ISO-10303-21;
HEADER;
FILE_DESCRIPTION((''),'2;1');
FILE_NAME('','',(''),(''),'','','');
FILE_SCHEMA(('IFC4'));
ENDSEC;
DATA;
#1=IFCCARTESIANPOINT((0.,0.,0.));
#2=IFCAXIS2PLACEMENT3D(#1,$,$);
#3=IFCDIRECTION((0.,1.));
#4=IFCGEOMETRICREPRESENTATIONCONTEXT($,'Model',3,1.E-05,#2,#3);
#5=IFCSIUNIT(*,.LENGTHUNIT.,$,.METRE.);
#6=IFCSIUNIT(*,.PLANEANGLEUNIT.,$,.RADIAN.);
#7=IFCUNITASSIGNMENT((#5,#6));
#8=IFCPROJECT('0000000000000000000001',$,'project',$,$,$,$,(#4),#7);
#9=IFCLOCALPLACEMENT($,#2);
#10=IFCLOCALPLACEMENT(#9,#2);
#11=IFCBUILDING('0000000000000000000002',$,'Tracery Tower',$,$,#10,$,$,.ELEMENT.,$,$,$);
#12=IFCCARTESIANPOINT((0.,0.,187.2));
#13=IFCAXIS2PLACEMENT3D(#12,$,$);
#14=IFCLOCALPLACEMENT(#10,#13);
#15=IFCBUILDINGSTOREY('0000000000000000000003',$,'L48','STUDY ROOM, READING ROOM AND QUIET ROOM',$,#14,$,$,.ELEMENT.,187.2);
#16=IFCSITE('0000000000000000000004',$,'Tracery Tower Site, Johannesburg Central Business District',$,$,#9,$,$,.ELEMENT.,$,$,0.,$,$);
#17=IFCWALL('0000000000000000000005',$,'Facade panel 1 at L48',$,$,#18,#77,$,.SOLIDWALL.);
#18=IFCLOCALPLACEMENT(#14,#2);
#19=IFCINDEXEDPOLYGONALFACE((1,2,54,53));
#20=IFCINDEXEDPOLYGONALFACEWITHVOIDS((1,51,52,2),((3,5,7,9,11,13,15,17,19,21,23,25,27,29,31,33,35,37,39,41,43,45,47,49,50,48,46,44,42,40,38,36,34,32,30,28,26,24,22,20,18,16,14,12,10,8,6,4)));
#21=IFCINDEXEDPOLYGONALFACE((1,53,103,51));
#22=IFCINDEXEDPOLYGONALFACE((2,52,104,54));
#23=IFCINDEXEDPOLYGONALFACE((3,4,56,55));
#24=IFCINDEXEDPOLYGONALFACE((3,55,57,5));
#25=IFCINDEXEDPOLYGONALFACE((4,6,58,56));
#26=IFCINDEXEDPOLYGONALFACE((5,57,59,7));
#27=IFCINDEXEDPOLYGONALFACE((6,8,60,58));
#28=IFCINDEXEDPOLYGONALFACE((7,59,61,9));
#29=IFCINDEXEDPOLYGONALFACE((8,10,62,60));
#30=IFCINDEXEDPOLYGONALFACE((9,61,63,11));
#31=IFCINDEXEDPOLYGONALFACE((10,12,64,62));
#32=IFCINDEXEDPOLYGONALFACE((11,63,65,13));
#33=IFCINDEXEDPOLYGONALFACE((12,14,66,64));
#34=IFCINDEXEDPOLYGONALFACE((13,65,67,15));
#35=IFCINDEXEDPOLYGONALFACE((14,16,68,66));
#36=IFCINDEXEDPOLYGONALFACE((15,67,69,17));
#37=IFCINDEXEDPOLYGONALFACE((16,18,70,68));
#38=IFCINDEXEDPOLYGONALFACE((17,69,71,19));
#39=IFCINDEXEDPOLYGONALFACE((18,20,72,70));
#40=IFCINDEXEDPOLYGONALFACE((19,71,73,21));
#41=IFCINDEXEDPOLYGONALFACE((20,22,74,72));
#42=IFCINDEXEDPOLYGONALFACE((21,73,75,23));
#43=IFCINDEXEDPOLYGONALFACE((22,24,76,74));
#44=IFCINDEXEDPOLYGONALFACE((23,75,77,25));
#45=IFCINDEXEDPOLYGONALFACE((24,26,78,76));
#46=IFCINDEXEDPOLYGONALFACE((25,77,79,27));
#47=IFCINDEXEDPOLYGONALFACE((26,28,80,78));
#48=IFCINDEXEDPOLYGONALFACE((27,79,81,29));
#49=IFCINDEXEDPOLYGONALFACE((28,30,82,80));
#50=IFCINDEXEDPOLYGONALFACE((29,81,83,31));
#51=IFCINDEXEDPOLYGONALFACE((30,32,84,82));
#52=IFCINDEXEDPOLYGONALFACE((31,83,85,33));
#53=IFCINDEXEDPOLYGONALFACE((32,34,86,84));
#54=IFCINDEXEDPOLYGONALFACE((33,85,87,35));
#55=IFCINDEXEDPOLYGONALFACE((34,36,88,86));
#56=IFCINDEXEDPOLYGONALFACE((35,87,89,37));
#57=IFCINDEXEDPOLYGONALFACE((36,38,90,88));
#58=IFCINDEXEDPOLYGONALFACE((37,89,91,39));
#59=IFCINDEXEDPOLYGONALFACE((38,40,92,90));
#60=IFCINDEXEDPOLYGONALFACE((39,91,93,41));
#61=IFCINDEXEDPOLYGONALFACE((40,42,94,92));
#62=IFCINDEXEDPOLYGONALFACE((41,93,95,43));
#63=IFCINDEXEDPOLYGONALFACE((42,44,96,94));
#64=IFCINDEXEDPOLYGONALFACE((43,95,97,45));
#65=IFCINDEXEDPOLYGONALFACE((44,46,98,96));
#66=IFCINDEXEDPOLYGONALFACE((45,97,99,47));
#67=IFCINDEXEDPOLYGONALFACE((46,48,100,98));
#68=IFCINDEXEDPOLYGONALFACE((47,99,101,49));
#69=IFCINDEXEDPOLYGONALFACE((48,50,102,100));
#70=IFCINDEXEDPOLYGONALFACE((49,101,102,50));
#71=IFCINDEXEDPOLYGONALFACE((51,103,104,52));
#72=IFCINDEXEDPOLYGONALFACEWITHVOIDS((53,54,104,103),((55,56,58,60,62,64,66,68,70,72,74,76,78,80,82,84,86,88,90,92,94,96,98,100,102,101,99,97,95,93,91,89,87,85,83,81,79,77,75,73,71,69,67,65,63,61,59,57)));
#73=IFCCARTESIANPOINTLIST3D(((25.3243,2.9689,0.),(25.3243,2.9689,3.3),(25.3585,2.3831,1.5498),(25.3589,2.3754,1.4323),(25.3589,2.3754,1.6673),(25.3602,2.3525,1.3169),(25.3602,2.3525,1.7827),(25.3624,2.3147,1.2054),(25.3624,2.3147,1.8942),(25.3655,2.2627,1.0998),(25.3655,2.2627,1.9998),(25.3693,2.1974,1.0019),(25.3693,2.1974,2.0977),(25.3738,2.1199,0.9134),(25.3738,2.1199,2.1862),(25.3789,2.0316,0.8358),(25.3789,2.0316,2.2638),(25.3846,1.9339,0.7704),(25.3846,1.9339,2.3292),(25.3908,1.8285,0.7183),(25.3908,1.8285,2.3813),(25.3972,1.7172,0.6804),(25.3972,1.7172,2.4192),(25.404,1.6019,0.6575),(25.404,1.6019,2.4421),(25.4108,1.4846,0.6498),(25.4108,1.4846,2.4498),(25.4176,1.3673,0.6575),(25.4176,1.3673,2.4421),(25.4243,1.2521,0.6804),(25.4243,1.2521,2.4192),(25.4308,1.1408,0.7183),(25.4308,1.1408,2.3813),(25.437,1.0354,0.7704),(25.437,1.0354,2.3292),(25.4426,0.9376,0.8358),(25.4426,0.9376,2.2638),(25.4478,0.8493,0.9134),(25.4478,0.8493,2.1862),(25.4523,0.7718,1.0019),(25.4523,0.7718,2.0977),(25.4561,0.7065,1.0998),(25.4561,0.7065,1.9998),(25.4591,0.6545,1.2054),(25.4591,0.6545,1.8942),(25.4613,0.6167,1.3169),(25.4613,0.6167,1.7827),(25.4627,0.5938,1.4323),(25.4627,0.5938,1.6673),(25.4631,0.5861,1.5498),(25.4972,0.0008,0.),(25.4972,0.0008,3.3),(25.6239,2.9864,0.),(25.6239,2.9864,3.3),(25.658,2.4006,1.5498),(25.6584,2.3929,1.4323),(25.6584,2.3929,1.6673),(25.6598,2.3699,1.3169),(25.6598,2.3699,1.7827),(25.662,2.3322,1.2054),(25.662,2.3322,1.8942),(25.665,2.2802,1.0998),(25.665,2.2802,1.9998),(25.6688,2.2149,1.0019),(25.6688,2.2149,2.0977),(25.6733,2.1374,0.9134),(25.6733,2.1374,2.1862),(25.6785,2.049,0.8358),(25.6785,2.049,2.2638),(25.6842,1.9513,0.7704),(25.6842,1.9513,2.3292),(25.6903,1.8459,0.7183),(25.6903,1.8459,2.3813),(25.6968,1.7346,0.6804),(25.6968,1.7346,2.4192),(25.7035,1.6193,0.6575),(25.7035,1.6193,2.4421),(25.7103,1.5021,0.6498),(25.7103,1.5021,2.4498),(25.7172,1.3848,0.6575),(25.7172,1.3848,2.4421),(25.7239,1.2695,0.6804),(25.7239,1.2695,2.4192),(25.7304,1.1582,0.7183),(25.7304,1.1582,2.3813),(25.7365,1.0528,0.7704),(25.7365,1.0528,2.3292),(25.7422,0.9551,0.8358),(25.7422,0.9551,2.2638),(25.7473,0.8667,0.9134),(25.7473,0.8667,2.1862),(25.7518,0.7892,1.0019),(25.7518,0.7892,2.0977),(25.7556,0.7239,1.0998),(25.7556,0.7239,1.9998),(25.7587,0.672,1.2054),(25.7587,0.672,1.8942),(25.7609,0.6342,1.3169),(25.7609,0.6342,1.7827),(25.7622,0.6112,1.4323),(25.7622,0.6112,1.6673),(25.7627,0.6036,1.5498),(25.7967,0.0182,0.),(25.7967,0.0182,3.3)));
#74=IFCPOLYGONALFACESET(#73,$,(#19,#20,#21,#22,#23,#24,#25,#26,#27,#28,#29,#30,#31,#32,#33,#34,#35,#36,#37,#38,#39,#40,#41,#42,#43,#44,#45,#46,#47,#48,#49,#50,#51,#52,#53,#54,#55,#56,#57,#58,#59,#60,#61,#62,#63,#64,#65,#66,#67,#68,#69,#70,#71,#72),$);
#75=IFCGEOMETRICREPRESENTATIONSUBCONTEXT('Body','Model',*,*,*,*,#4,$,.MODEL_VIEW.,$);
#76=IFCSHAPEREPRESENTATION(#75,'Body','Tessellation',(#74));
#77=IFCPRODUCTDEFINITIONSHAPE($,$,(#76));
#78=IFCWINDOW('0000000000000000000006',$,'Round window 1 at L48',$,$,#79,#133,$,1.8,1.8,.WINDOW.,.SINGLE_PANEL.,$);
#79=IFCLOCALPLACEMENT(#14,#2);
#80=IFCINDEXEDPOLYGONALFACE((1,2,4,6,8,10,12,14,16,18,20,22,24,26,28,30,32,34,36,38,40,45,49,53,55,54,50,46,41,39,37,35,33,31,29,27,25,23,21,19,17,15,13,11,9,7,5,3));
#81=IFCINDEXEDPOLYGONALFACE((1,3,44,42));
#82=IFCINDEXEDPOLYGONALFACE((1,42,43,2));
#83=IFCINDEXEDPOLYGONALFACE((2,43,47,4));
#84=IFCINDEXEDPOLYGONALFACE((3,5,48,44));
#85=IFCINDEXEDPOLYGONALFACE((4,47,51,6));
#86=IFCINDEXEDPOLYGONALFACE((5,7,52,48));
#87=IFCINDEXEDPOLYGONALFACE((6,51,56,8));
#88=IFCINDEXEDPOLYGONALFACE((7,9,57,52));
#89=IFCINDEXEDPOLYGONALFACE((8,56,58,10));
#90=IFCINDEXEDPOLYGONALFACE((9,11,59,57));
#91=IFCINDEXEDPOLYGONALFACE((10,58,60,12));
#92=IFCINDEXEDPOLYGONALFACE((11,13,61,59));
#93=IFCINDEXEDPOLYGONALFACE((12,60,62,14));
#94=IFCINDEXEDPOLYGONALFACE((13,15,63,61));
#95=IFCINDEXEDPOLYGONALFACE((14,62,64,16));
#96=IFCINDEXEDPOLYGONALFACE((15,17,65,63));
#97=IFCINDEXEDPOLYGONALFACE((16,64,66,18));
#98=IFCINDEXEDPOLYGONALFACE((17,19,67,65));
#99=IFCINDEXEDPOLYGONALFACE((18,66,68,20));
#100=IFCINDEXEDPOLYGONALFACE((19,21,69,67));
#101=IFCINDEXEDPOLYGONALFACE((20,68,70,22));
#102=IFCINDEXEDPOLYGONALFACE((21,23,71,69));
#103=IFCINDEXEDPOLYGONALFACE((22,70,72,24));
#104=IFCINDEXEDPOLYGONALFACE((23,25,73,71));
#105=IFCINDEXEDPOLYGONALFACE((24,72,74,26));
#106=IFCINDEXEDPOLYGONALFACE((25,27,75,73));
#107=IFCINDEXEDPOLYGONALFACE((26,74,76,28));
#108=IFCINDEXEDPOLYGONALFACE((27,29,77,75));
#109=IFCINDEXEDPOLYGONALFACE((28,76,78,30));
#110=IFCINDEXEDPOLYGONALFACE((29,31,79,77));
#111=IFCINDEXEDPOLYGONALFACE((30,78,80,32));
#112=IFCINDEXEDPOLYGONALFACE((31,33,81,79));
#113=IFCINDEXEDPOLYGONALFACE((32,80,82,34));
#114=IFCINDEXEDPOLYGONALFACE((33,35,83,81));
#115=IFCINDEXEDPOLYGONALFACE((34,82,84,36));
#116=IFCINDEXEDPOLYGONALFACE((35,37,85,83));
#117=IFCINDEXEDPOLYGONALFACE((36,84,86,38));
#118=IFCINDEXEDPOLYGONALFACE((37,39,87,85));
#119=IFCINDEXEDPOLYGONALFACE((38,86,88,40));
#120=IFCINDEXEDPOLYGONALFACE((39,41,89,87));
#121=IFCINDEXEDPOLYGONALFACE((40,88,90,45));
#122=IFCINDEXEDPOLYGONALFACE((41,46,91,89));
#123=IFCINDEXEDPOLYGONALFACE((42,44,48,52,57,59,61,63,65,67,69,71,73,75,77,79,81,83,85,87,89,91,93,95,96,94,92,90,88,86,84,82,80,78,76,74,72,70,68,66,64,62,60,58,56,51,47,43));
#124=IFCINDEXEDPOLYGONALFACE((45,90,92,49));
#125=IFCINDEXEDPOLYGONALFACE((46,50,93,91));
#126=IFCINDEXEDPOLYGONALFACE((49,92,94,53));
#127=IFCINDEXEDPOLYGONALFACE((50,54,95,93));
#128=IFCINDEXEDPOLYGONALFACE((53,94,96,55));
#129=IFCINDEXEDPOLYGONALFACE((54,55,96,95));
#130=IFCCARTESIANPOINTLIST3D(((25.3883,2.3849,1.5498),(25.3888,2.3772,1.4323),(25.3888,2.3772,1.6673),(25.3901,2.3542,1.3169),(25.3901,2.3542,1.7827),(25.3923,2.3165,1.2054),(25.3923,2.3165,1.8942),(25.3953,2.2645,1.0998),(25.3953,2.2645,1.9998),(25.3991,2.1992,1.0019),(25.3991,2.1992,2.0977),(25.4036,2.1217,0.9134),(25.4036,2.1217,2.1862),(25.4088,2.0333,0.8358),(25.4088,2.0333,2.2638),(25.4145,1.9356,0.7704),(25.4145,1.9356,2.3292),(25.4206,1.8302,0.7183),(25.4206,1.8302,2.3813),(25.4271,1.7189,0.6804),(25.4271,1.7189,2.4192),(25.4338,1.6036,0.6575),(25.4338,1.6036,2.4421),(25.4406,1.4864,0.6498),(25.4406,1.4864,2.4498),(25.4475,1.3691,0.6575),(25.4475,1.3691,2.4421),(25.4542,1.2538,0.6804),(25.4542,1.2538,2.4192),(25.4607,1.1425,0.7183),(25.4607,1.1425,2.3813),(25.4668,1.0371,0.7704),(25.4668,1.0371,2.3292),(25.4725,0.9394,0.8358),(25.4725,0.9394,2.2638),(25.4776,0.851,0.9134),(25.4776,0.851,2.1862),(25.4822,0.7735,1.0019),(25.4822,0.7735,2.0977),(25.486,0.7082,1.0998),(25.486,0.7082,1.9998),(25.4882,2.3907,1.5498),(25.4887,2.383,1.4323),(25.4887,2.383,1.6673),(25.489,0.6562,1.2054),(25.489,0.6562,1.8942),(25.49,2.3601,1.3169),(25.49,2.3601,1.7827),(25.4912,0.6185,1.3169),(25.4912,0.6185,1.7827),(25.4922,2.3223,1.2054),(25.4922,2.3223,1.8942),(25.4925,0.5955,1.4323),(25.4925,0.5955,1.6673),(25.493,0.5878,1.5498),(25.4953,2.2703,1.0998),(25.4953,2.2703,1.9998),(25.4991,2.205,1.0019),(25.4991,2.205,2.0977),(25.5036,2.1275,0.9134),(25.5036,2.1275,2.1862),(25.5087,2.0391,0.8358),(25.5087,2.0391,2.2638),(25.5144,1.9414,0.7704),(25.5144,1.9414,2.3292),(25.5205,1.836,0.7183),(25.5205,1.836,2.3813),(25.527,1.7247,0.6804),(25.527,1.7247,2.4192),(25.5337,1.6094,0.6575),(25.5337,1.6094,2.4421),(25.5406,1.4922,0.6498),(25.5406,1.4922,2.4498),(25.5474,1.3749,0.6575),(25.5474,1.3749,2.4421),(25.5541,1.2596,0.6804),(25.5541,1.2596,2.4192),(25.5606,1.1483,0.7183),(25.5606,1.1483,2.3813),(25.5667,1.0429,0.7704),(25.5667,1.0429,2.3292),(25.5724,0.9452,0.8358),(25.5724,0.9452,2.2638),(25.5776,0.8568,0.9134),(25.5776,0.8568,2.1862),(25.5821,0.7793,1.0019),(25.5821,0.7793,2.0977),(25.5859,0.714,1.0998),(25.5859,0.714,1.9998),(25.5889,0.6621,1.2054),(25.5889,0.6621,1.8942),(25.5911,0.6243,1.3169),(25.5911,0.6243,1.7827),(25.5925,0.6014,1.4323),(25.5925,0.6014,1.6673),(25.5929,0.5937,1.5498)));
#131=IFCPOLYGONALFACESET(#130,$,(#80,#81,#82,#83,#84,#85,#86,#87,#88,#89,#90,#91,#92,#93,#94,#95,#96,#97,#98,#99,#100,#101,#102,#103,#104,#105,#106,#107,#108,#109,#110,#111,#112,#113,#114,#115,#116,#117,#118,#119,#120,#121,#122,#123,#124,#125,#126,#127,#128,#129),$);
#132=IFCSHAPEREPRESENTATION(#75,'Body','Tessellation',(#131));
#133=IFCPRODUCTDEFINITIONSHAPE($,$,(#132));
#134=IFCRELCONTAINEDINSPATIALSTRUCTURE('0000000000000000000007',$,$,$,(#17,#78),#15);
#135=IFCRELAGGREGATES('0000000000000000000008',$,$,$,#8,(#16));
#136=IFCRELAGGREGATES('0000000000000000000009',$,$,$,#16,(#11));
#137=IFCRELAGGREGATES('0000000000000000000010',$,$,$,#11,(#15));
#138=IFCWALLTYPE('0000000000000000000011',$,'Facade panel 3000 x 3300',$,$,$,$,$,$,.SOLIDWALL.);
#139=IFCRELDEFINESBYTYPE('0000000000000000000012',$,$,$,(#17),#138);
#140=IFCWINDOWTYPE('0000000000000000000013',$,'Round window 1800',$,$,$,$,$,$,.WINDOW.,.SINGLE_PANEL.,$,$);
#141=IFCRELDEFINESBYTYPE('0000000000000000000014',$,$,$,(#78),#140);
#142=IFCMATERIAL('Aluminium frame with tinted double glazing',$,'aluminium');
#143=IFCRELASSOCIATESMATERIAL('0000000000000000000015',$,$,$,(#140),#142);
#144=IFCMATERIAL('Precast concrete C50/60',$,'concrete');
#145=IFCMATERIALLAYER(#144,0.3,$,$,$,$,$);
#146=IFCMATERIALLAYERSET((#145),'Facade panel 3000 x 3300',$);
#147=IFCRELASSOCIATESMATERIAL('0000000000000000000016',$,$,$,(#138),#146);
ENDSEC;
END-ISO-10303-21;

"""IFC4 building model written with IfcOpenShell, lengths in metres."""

from ifc_helpers import new_model, si_unit, direction, frame, frame_2d, origin, origin_2d, place, context, subcontext, project, spatial, rectangle, circle, extrude, material, layer, layer_set, type_object, element, fill, save


model = new_model("IFC4")

# Units and contexts
model_context = context("Model", 3, precision=1e-05, world=origin(), true_north=direction((0.0, 1.0)))
body_context = subcontext(model_context, "Body", "Model", "MODEL_VIEW")
ifc_project = project(units=[si_unit("LENGTHUNIT", "METRE"), si_unit("PLANEANGLEUNIT", "RADIAN")], contexts=[model_context])

# Site, building, storey
site_placement = place(None, origin())
site = spatial("IfcSite", under=ifc_project, at=site_placement, Name="Tracery Tower Site, Johannesburg Central Business District", CompositionType="ELEMENT", RefElevation=0.0)
building_placement = place(site_placement, origin())
building = spatial("IfcBuilding", under=site, at=building_placement, Name="Tracery Tower", CompositionType="ELEMENT")
storey_placement = place(building_placement, frame((0.0, 0.0, 187.2)))
storey = spatial("IfcBuildingStorey", under=building, at=storey_placement, Name="L48", Description="STUDY ROOM, READING ROOM AND QUIET ROOM", CompositionType="ELEMENT", Elevation=187.2)

# Wall, opening, window
ifc_material_1 = material(Name="Aluminium frame with tinted double glazing", Category="aluminium")
window_type = type_object("IfcWindowType", Name="Round window 1800", PartitioningType="SINGLE_PANEL", PredefinedType="WINDOW", material=ifc_material_1)
ifc_material_2 = material(Name="Precast concrete C50/60", Category="concrete")
ifc_layer_1 = layer(ifc_material_2, 0.3)
ifc_layer_set_1 = layer_set([ifc_layer_1], Name="Facade panel 3000 x 3300")
wall_type_1 = type_object("IfcWallType", Name="Facade panel 3000 x 3300", PredefinedType="SOLIDWALL", material=ifc_layer_set_1)
wall_1_placement = place(storey_placement, frame((25.647, 0.0095, 0.0), z_axis=(0.0, 0.0, 1.0), x_axis=(-0.05814, 0.998308, 0.0)))
wall_1 = element("IfcWall", 1, at=wall_1_placement, inside=storey, type_object=wall_type_1, Name="Facade panel 1 at L48", PredefinedType="SOLIDWALL", context=body_context, shape_type="SweptSolid", body=[
    extrude(rectangle(XDim=2.9731, YDim=0.3, at=frame_2d((1.4866, 0.0))), origin(), (0.0, 0.0, 1.0), 3.3),
])
opening_1_placement = place(wall_1_placement, frame((1.4863, 0.0, 1.5498)))
opening_1 = element("IfcOpeningElement", 2, at=opening_1_placement, cuts=wall_1, PredefinedType="OPENING", context=body_context, shape_type="SweptSolid", body=[
    extrude(circle(Radius=0.9, at=origin_2d()), frame((0.0, 0.1599, 0.0), z_axis=(0.0, -1.0, 0.0), x_axis=(1.0, 0.0, 0.0)), (0.0, 0.0, 1.0), 0.3201),
])
window_1_placement = place(opening_1_placement, origin())
window_1 = element("IfcWindow", 3, at=window_1_placement, inside=storey, type_object=window_type, Name="Round window 1 at L48", OverallHeight=1.8, OverallWidth=1.8, PartitioningType="SINGLE_PANEL", PredefinedType="WINDOW", context=body_context, shape_type="SweptSolid", body=[
    extrude(circle(Radius=0.9, at=origin_2d()), frame((0.0, 0.1201, 0.0), z_axis=(0.0, -1.0, 0.0), x_axis=(1.0, 0.0, 0.0)), (0.0, 0.0, 1.0), 0.1001),
])
fill(opening_1, window_1)

save(model, "model.ifc")
